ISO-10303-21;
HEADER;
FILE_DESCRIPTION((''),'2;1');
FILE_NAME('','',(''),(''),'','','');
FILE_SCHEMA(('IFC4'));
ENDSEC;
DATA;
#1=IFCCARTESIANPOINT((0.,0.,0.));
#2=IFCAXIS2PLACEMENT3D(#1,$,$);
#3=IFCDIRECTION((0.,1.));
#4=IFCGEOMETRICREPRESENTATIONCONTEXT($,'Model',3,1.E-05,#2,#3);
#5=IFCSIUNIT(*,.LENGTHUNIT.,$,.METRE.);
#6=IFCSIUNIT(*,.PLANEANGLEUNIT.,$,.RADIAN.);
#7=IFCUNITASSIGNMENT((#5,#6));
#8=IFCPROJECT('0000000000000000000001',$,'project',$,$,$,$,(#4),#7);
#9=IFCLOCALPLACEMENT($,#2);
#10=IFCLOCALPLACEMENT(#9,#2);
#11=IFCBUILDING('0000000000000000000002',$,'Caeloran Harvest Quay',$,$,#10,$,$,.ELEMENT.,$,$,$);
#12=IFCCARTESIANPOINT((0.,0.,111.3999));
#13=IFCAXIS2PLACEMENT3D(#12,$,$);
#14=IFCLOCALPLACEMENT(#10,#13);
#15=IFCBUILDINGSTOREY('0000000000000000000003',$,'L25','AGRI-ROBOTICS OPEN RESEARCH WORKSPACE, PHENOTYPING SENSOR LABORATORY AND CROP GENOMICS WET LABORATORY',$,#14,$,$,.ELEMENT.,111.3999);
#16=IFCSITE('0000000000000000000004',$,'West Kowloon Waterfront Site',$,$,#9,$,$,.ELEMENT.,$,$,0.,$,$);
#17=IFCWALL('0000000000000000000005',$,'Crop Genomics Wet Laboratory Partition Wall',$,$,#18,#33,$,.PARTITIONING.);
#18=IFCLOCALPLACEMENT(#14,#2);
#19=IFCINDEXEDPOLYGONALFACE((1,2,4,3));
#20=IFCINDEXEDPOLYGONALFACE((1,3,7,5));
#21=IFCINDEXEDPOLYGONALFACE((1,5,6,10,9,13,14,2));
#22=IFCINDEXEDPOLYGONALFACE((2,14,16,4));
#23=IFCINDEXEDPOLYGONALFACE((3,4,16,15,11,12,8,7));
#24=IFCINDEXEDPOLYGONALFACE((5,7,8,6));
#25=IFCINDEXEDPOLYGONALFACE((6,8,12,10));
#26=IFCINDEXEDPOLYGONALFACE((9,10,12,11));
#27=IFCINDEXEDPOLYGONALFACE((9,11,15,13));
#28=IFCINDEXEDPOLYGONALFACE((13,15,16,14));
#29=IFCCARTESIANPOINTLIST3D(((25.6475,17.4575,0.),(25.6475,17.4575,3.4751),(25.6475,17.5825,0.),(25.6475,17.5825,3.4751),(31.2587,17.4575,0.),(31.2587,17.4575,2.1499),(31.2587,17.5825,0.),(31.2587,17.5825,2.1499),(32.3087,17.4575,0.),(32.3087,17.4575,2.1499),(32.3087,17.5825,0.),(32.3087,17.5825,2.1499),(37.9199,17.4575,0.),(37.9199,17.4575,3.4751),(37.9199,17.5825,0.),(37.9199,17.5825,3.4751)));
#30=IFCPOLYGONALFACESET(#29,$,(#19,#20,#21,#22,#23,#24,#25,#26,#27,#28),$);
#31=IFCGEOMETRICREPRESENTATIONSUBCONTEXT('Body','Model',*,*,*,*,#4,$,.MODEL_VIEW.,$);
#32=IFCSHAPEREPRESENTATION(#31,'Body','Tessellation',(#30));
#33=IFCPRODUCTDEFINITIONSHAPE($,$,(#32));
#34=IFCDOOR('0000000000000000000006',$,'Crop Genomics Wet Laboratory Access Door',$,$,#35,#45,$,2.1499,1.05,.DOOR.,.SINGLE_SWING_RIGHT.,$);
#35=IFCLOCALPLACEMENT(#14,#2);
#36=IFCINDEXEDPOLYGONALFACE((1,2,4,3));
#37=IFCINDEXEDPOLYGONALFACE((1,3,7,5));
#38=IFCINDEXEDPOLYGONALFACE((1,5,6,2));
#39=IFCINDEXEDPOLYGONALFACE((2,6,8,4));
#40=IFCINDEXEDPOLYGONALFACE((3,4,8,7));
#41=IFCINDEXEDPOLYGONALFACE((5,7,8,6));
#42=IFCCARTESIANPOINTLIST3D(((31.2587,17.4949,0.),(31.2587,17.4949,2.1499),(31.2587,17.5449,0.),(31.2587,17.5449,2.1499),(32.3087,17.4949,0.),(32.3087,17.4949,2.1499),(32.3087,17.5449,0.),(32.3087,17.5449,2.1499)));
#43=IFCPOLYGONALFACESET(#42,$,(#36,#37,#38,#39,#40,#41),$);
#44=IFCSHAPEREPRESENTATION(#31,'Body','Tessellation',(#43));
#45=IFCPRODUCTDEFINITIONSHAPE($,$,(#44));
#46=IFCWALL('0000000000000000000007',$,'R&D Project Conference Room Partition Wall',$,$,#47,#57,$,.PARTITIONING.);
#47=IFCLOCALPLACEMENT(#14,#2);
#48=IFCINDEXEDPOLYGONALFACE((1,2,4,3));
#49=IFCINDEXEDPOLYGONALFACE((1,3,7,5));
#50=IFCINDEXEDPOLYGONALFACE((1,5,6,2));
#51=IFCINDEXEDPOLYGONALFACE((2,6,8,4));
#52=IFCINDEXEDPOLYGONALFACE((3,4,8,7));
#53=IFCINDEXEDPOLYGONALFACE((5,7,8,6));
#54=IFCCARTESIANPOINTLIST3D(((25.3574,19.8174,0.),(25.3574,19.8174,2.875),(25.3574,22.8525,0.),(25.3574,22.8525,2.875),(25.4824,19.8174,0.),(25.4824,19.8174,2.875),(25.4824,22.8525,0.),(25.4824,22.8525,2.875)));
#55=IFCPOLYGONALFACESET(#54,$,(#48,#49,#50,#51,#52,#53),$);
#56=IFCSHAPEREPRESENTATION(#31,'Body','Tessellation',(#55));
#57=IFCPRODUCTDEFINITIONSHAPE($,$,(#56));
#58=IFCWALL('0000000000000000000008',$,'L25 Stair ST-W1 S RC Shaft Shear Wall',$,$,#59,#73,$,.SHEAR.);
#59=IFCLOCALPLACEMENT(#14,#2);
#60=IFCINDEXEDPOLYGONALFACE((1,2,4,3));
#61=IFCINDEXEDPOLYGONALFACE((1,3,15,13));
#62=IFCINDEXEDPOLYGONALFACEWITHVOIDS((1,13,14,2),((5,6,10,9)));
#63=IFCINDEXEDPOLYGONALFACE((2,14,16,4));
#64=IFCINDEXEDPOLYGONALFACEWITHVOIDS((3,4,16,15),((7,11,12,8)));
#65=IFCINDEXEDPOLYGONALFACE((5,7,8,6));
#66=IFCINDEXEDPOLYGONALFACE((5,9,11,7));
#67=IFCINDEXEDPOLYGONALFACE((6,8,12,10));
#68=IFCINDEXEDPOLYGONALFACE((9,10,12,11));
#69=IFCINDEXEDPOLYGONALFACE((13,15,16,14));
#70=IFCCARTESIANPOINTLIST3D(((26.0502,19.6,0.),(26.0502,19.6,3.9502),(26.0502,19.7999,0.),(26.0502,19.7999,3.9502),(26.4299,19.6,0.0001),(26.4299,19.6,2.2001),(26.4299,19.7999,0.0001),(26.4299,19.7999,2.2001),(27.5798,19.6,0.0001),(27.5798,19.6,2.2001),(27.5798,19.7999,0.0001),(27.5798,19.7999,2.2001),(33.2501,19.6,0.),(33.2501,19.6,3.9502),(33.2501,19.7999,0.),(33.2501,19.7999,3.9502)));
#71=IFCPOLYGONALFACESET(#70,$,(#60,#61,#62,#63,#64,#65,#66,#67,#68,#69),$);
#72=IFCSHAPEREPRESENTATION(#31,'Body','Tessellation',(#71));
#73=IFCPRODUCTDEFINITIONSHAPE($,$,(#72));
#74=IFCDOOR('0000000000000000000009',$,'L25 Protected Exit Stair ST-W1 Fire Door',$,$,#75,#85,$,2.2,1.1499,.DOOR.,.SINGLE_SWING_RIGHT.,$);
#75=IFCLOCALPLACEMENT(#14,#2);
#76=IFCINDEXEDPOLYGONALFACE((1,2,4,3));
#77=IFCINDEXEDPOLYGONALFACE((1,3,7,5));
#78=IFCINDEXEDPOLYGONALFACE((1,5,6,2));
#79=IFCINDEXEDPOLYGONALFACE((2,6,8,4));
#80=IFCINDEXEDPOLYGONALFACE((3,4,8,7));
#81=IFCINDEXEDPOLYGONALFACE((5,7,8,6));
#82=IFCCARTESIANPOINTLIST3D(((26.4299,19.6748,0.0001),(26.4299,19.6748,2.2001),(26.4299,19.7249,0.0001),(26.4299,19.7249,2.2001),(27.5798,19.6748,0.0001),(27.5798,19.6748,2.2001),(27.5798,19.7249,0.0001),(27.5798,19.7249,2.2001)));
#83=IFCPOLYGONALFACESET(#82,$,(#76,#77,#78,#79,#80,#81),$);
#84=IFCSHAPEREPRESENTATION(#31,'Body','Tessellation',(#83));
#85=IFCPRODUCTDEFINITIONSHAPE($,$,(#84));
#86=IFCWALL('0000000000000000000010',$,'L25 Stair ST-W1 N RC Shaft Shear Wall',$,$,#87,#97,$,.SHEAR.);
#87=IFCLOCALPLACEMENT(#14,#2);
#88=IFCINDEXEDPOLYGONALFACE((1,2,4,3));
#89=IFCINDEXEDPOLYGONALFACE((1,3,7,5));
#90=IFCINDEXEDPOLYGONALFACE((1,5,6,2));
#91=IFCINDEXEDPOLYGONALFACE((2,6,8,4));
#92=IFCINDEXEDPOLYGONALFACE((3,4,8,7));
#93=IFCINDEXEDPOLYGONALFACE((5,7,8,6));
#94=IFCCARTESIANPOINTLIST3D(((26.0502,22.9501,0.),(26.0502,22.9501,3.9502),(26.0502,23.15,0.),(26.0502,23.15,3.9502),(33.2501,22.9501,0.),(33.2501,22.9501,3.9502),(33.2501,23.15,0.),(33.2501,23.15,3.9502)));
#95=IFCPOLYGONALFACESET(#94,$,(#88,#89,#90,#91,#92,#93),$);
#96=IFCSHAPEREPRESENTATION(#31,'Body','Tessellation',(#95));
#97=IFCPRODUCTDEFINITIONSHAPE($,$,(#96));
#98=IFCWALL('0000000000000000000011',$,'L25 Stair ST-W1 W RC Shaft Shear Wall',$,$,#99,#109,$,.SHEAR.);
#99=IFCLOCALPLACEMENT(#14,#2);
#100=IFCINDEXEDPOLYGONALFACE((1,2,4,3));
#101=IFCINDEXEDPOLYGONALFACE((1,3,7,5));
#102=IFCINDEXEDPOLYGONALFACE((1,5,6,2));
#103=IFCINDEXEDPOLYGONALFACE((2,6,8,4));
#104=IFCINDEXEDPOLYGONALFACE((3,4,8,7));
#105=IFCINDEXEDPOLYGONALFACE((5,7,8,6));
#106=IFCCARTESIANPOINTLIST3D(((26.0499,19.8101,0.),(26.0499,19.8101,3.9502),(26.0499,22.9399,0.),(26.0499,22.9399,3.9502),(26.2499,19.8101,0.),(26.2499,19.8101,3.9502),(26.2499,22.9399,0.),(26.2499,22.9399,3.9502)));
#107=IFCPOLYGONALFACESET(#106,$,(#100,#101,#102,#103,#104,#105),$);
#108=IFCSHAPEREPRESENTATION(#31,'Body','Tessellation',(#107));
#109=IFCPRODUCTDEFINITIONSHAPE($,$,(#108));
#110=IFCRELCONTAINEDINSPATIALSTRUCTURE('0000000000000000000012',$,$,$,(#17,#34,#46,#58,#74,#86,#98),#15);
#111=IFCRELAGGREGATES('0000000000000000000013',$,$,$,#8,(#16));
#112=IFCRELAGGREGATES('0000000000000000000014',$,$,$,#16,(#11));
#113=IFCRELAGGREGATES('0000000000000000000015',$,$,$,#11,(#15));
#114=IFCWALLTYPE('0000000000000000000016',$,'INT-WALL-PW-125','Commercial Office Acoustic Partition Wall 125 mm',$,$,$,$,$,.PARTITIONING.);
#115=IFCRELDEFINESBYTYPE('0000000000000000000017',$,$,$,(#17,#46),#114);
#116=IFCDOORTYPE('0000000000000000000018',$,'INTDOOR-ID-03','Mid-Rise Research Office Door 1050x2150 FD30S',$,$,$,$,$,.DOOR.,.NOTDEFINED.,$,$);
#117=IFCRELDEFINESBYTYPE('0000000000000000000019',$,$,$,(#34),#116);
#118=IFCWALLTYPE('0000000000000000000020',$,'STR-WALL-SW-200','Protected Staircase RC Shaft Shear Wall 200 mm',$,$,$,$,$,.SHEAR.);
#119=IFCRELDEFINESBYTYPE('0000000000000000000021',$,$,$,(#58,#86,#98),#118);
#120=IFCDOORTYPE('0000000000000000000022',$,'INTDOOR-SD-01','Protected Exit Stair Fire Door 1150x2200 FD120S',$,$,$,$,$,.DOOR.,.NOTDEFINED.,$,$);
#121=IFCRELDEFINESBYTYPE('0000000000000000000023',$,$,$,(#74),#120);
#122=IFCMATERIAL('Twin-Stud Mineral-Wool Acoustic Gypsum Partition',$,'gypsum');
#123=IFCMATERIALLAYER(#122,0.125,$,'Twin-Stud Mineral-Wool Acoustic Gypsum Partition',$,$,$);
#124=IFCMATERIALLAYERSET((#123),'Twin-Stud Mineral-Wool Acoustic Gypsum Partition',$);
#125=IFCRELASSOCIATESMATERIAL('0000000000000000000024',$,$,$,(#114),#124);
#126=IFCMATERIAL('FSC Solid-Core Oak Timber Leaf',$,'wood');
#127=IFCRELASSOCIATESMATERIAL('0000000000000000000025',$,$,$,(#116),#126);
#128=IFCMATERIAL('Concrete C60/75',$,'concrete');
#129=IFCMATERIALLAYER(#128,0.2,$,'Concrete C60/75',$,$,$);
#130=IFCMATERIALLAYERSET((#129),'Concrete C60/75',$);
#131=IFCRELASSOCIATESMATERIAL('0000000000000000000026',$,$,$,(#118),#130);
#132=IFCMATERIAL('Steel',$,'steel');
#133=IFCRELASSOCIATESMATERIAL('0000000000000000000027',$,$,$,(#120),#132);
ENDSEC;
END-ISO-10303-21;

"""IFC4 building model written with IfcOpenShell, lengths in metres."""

from ifc_helpers import new_model, si_unit, direction, frame, frame_2d, origin, place, context, subcontext, project, spatial, rectangle, extrude, material, layer, layer_set, type_object, element, fill, save


model = new_model("IFC4")

# Units and contexts
model_context = context("Model", 3, precision=1e-05, world=origin(), true_north=direction((0.0, 1.0)))
body_context = subcontext(model_context, "Body", "Model", "MODEL_VIEW")
ifc_project = project(units=[si_unit("LENGTHUNIT", "METRE"), si_unit("PLANEANGLEUNIT", "RADIAN")], contexts=[model_context])

# Site, building, storey
site_placement = place(None, origin())
site = spatial("IfcSite", under=ifc_project, at=site_placement, Name="West Kowloon Waterfront Site", CompositionType="ELEMENT", RefElevation=0.0)
building_placement = place(site_placement, origin())
building = spatial("IfcBuilding", under=site, at=building_placement, Name="Caeloran Harvest Quay", CompositionType="ELEMENT")
storey_placement = place(building_placement, frame((0.0, 0.0, 111.3999)))
storey = spatial("IfcBuildingStorey", under=building, at=storey_placement, Name="L25", Description="AGRI-ROBOTICS OPEN RESEARCH WORKSPACE, PHENOTYPING SENSOR LABORATORY AND CROP GENOMICS WET LABORATORY", CompositionType="ELEMENT", Elevation=111.3999)

# Wall, opening, door
ifc_material_1 = material(Name="Twin-Stud Mineral-Wool Acoustic Gypsum Partition", Category="gypsum")
ifc_layer_1 = layer(ifc_material_1, 0.125, Name="Twin-Stud Mineral-Wool Acoustic Gypsum Partition")
ifc_layer_set_1 = layer_set([ifc_layer_1], Name="Twin-Stud Mineral-Wool Acoustic Gypsum Partition")
wall_type_1 = type_object("IfcWallType", Name="INT-WALL-PW-125", Description="Commercial Office Acoustic Partition Wall 125 mm", PredefinedType="PARTITIONING", material=ifc_layer_set_1)
wall_1_placement = place(storey_placement, frame((25.6475, 17.52, 0.0), z_axis=(0.0, 0.0, 1.0), x_axis=(1.0, 0.0, 0.0)))
wall_1 = element("IfcWall", 1, at=wall_1_placement, inside=storey, type_object=wall_type_1, Name="Crop Genomics Wet Laboratory Partition Wall", PredefinedType="PARTITIONING", context=body_context, shape_type="SweptSolid", body=[
    extrude(rectangle(XDim=12.2725, YDim=0.125, at=frame_2d((6.1362, 0.0))), origin(), (0.0, 0.0, 1.0), 3.4751),
])
opening_1_placement = place(wall_1_placement, frame((5.6113, 0.0, 0.0)))
opening_1 = element("IfcOpeningElement", 2, at=opening_1_placement, cuts=wall_1, PredefinedType="OPENING", context=body_context, shape_type="SweptSolid", body=[
    extrude(rectangle(XDim=1.05, YDim=2.1499, at=frame_2d((0.5249, 1.075))), frame((0.0, 0.0725, 0.0), z_axis=(0.0, -1.0, 0.0), x_axis=(1.0, 0.0, 0.0)), (0.0, 0.0, 1.0), 0.145),
])
ifc_material_2 = material(Name="FSC Solid-Core Oak Timber Leaf", Category="wood")
door_type_1 = type_object("IfcDoorType", Name="INTDOOR-ID-03", Description="Mid-Rise Research Office Door 1050x2150 FD30S", OperationType="NOTDEFINED", PredefinedType="DOOR", material=ifc_material_2)
door_1_placement = place(opening_1_placement, origin())
door_1 = element("IfcDoor", 3, at=door_1_placement, inside=storey, type_object=door_type_1, Name="Crop Genomics Wet Laboratory Access Door", OperationType="SINGLE_SWING_RIGHT", OverallHeight=2.1499, OverallWidth=1.05, PredefinedType="DOOR", context=body_context, shape_type="SweptSolid", body=[
    extrude(rectangle(XDim=1.05, YDim=2.1499, at=frame_2d((0.5249, 1.075))), frame((0.0, 0.0249, 0.0), z_axis=(0.0, -1.0, 0.0), x_axis=(1.0, 0.0, 0.0)), (0.0, 0.0, 1.0), 0.05),
])
fill(opening_1, door_1)

# Wall
wall_2_placement = place(storey_placement, frame((25.4199, 22.8525, 0.0), z_axis=(0.0, 0.0, 1.0), x_axis=(0.0, -1.0, 0.0)))
element("IfcWall", 4, at=wall_2_placement, inside=storey, type_object=wall_type_1, Name="R&D Project Conference Room Partition Wall", PredefinedType="PARTITIONING", context=body_context, shape_type="SweptSolid", body=[
    extrude(rectangle(XDim=3.0352, YDim=0.125, at=frame_2d((1.5176, 0.0))), origin(), (0.0, 0.0, 1.0), 2.875),
])

# Wall, opening, door
ifc_material_3 = material(Name="Concrete C60/75", Category="concrete")
ifc_layer_2 = layer(ifc_material_3, 0.2, Name="Concrete C60/75")
ifc_layer_set_2 = layer_set([ifc_layer_2], Name="Concrete C60/75")
wall_type_2 = type_object("IfcWallType", Name="STR-WALL-SW-200", Description="Protected Staircase RC Shaft Shear Wall 200 mm", PredefinedType="SHEAR", material=ifc_layer_set_2)
wall_3_placement = place(storey_placement, frame((26.05, 19.7, 0.0), z_axis=(0.0, 0.0, 1.0), x_axis=(1.0, 0.0, 0.0)))
wall_3 = element("IfcWall", 5, at=wall_3_placement, inside=storey, type_object=wall_type_2, Name="L25 Stair ST-W1 S RC Shaft Shear Wall", PredefinedType="SHEAR", context=body_context, shape_type="SweptSolid", body=[
    extrude(rectangle(XDim=7.2, YDim=0.2, at=frame_2d((3.6001, 0.0))), origin(), (0.0, 0.0, 1.0), 3.9502),
])
opening_2_placement = place(wall_3_placement, frame((0.3799, 0.0, 0.0)))
opening_2 = element("IfcOpeningElement", 6, at=opening_2_placement, cuts=wall_3, PredefinedType="OPENING", context=body_context, shape_type="SweptSolid", body=[
    extrude(rectangle(XDim=1.1499, YDim=2.2, at=frame_2d((0.575, 1.1001))), frame((0.0, 0.1099, 0.0), z_axis=(0.0, -1.0, 0.0), x_axis=(1.0, 0.0, 0.0)), (0.0, 0.0, 1.0), 0.22),
])
ifc_material_4 = material(Name="Steel", Category="steel")
door_type_2 = type_object("IfcDoorType", Name="INTDOOR-SD-01", Description="Protected Exit Stair Fire Door 1150x2200 FD120S", OperationType="NOTDEFINED", PredefinedType="DOOR", material=ifc_material_4)
door_2_placement = place(opening_2_placement, origin())
door_2 = element("IfcDoor", 7, at=door_2_placement, inside=storey, type_object=door_type_2, Name="L25 Protected Exit Stair ST-W1 Fire Door", OperationType="SINGLE_SWING_RIGHT", OverallHeight=2.2, OverallWidth=1.1499, PredefinedType="DOOR", context=body_context, shape_type="SweptSolid", body=[
    extrude(rectangle(XDim=1.1499, YDim=2.2, at=frame_2d((0.575, 1.1001))), frame((0.0, 0.0249, 0.0), z_axis=(0.0, -1.0, 0.0), x_axis=(1.0, 0.0, 0.0)), (0.0, 0.0, 1.0), 0.05),
])
fill(opening_2, door_2)

# Walls
wall_4_placement = place(storey_placement, frame((26.05, 23.05, 0.0), z_axis=(0.0, 0.0, 1.0), x_axis=(1.0, 0.0, 0.0)))
element("IfcWall", 8, at=wall_4_placement, inside=storey, type_object=wall_type_2, Name="L25 Stair ST-W1 N RC Shaft Shear Wall", PredefinedType="SHEAR", context=body_context, shape_type="SweptSolid", body=[
    extrude(rectangle(XDim=7.2, YDim=0.2, at=frame_2d((3.6001, 0.0))), origin(), (0.0, 0.0, 1.0), 3.9502),
])
wall_5_placement = place(storey_placement, frame((26.1499, 19.8101, 0.0), z_axis=(0.0, 0.0, 1.0), x_axis=(0.0, 1.0, 0.0)))
element("IfcWall", 9, at=wall_5_placement, inside=storey, type_object=wall_type_2, Name="L25 Stair ST-W1 W RC Shaft Shear Wall", PredefinedType="SHEAR", context=body_context, shape_type="SweptSolid", body=[
    extrude(rectangle(XDim=3.1299, YDim=0.2, at=frame_2d((1.5649, 0.0))), origin(), (0.0, 0.0, 1.0), 3.9502),
])

save(model, "model.ifc")
